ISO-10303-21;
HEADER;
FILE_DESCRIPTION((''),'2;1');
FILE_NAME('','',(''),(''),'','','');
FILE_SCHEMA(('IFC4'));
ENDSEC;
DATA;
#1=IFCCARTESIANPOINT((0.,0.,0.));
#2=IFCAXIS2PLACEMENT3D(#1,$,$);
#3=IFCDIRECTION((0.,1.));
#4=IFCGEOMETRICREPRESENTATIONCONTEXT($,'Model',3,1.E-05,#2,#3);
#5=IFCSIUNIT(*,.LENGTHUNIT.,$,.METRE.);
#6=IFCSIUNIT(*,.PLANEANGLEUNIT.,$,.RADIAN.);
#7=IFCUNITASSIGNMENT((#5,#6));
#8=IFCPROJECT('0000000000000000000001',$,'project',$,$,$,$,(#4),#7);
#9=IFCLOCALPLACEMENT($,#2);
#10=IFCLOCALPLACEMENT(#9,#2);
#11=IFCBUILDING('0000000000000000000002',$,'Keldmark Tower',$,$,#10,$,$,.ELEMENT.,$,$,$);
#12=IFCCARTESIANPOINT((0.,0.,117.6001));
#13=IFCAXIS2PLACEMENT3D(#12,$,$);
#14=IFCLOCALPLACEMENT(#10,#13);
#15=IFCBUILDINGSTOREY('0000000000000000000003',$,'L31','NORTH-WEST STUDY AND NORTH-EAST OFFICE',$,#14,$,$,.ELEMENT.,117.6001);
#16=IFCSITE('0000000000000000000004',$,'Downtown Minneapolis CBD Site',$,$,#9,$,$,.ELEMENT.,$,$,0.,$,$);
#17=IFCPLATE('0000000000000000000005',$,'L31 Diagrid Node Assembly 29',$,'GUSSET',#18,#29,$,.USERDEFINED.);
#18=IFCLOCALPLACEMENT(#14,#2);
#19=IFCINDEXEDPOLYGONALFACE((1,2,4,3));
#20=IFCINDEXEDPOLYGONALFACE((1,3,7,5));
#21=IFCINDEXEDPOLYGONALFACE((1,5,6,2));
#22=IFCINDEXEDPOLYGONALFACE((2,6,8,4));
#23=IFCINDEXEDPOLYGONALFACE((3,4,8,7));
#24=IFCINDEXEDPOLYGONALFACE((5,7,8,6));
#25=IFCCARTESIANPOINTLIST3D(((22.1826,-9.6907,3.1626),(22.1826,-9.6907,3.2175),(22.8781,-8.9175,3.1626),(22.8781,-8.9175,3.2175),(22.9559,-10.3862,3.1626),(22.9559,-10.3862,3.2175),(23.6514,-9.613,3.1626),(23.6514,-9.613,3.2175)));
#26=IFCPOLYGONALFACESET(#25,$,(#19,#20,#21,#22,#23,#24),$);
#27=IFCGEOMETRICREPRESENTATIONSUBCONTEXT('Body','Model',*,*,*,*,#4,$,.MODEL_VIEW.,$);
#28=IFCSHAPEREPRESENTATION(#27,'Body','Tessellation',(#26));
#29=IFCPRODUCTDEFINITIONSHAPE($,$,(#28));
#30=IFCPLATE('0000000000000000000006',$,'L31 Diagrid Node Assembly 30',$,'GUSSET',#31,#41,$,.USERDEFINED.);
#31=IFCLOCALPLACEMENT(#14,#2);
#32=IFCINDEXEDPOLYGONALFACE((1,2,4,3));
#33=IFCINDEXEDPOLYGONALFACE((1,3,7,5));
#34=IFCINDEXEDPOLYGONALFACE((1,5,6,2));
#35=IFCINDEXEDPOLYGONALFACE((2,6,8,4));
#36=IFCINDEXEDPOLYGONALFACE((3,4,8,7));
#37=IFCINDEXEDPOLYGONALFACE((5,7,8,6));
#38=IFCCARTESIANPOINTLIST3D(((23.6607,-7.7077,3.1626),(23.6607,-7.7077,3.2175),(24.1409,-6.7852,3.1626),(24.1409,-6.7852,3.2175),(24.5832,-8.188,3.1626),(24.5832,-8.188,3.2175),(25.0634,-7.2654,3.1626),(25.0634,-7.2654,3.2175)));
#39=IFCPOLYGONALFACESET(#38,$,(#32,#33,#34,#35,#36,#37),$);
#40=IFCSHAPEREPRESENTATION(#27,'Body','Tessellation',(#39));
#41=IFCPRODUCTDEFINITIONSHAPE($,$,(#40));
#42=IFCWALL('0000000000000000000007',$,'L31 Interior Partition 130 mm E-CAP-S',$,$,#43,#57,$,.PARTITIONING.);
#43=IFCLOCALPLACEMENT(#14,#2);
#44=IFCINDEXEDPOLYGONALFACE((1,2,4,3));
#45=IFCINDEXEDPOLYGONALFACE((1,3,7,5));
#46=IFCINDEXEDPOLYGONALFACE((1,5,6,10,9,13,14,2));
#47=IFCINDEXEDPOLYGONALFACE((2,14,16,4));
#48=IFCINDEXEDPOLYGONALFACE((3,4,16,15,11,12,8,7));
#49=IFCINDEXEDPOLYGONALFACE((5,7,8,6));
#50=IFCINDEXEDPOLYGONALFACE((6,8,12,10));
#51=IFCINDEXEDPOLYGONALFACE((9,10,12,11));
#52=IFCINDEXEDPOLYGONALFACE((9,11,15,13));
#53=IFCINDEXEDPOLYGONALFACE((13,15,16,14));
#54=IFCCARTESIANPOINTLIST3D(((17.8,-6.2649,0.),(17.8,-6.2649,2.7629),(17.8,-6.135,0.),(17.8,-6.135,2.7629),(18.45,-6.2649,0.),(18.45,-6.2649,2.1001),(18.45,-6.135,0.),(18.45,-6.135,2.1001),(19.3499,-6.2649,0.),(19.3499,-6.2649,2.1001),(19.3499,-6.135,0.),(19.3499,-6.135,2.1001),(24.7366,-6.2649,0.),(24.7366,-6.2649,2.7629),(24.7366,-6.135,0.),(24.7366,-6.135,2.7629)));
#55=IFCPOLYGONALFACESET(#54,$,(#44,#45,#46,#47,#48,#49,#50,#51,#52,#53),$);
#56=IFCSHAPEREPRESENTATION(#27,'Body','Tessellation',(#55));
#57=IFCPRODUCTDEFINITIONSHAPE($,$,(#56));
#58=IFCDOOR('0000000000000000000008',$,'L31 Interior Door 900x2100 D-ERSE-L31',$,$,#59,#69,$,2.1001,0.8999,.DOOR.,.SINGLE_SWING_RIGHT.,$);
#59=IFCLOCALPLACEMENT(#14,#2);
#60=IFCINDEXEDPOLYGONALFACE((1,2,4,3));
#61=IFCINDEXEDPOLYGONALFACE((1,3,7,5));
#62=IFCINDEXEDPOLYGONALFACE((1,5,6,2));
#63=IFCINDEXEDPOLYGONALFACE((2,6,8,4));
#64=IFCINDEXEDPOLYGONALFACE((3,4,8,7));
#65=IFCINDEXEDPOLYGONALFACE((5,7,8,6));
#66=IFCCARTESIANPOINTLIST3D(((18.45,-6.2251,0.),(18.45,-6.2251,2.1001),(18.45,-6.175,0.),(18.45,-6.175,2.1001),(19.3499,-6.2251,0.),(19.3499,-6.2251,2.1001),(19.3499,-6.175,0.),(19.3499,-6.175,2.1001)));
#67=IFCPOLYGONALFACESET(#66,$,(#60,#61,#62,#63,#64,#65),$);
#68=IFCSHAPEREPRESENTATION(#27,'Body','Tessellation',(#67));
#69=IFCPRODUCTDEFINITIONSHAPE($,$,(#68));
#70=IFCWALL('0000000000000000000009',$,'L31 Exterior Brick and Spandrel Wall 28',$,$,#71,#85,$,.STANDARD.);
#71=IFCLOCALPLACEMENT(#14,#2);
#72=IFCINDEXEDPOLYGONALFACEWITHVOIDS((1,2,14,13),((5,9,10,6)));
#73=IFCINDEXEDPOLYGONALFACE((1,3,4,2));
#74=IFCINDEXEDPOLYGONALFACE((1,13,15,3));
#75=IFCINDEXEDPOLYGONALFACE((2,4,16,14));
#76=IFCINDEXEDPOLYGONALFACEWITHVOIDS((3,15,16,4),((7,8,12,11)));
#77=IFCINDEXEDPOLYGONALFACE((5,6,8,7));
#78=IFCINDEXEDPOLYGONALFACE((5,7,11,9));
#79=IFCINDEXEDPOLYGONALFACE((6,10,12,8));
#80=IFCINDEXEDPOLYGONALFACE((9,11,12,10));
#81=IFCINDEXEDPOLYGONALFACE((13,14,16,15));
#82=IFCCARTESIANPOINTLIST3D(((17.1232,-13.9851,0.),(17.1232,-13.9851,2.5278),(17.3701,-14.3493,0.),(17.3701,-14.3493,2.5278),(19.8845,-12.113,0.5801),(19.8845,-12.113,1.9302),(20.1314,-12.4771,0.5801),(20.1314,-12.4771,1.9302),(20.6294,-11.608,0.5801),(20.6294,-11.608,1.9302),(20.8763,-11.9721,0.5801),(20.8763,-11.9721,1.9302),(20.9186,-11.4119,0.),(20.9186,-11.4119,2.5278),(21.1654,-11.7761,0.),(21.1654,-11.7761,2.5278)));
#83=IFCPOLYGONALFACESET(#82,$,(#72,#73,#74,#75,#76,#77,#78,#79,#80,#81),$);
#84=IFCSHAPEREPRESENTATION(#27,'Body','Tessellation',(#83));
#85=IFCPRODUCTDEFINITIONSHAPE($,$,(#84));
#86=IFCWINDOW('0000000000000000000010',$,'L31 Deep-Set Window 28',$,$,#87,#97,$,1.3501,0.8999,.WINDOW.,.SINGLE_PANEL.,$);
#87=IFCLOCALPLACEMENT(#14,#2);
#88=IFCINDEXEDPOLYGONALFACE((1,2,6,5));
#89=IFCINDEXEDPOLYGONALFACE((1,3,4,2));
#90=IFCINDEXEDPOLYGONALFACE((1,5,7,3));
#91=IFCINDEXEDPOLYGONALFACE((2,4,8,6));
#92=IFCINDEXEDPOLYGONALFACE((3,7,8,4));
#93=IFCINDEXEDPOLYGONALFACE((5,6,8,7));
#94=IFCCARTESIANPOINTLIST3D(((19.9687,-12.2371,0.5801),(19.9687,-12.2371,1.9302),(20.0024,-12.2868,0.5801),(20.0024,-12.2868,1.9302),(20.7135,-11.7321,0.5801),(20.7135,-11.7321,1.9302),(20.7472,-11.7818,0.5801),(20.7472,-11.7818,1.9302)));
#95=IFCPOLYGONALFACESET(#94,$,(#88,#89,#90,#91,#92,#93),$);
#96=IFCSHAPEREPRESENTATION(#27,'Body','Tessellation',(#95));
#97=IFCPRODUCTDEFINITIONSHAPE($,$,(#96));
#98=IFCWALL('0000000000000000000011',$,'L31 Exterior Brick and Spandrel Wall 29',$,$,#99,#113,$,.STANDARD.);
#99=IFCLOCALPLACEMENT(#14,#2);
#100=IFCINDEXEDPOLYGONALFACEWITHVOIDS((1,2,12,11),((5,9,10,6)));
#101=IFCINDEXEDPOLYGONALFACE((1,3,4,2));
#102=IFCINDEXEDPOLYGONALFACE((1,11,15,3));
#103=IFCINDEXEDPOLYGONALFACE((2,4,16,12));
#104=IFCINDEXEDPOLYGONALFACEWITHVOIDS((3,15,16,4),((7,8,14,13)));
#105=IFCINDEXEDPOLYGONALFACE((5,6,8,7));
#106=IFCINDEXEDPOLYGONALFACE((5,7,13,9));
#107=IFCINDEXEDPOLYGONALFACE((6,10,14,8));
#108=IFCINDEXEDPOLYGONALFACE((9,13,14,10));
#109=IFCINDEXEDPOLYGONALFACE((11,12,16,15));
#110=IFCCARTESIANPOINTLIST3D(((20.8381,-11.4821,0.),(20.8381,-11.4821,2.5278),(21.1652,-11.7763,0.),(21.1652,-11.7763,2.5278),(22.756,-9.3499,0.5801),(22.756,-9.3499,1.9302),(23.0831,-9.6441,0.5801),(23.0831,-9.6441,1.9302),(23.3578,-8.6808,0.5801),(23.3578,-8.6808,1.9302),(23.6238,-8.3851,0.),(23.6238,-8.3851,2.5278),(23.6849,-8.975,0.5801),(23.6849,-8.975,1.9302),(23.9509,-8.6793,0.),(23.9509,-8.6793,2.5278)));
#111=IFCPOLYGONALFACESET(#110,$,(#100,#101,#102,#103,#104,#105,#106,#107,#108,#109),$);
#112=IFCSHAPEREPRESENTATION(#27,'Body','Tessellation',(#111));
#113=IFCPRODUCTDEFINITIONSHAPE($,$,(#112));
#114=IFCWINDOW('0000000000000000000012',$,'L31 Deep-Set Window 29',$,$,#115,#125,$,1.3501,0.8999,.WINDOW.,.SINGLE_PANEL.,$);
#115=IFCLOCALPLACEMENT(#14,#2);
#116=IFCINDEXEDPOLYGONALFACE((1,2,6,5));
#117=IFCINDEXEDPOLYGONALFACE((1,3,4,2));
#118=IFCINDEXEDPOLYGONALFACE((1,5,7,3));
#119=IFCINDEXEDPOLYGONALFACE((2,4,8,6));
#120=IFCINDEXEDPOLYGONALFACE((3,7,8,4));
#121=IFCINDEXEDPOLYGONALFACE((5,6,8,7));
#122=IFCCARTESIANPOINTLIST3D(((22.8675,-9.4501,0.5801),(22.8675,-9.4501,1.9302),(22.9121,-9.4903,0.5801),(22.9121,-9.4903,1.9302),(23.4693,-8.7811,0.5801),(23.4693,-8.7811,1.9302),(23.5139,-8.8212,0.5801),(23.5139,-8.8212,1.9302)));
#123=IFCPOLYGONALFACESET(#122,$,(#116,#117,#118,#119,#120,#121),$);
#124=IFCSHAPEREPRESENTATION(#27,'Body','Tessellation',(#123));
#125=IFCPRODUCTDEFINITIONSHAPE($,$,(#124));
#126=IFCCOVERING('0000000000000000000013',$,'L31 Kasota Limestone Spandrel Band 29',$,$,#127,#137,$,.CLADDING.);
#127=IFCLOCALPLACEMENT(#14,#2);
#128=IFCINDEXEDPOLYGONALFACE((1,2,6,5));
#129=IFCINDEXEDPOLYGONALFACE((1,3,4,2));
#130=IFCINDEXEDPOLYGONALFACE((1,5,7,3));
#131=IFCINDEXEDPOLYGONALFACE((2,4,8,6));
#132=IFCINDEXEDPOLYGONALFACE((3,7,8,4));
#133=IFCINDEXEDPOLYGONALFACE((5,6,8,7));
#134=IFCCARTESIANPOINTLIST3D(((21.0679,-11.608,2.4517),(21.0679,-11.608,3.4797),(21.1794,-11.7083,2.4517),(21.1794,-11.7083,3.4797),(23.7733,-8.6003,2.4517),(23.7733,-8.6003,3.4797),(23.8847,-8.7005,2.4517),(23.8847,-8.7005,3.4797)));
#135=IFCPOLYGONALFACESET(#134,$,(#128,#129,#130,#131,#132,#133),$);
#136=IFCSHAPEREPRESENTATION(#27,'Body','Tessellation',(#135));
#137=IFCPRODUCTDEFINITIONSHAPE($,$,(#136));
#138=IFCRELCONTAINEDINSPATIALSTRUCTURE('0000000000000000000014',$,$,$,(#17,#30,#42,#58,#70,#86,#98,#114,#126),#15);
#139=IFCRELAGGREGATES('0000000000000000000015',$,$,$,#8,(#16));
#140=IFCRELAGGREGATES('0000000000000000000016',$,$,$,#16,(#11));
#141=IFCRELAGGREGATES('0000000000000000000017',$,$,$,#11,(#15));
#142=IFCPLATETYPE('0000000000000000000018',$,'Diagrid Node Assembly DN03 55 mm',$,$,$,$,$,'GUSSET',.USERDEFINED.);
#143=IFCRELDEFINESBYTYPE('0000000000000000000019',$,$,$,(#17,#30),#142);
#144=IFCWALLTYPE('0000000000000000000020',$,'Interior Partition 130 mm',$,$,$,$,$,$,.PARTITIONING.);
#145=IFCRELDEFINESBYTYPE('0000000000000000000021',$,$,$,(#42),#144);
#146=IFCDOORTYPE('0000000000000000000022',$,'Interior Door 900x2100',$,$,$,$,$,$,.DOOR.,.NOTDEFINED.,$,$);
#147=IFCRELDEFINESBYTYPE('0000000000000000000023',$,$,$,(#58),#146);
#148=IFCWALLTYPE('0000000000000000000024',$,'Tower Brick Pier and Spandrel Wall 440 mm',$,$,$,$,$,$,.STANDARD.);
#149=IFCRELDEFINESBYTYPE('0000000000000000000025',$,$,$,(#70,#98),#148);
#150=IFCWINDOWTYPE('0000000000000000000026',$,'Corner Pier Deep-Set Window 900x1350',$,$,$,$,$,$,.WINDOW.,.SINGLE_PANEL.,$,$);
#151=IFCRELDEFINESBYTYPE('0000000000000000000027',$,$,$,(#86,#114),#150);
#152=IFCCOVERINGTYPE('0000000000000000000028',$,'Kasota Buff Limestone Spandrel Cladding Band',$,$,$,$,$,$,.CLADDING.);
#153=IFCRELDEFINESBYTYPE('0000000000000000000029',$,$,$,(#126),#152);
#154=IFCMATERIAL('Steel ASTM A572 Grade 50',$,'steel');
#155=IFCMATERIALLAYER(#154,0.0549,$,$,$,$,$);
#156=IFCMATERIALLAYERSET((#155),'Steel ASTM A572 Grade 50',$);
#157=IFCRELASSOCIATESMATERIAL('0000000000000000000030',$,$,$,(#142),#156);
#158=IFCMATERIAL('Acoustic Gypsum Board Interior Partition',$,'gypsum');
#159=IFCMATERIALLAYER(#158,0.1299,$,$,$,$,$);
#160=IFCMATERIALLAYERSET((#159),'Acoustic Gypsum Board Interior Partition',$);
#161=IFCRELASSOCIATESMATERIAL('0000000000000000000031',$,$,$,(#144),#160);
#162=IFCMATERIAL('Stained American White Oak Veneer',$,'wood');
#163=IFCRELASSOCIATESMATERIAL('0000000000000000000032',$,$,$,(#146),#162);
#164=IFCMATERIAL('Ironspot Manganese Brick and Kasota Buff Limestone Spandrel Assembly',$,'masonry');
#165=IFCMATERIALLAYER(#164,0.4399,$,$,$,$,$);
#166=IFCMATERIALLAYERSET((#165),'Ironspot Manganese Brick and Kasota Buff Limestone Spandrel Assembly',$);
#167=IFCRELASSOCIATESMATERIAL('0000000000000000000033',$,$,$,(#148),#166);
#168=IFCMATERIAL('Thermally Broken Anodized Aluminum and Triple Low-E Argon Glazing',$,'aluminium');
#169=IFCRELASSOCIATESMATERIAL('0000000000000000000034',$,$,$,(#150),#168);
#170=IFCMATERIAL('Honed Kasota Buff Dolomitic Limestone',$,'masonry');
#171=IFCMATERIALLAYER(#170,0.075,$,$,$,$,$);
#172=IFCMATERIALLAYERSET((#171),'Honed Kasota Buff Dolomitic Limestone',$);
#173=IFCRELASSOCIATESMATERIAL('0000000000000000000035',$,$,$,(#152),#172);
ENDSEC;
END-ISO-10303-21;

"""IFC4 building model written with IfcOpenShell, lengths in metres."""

from ifc_helpers import new_model, si_unit, direction, frame, frame_2d, origin, origin_2d, place, context, subcontext, project, spatial, rectangle, extrude, material, layer, layer_set, type_object, element, fill, save


model = new_model("IFC4")

# Units and contexts
model_context = context("Model", 3, precision=1e-05, world=origin(), true_north=direction((0.0, 1.0)))
body_context = subcontext(model_context, "Body", "Model", "MODEL_VIEW")
ifc_project = project(units=[si_unit("LENGTHUNIT", "METRE"), si_unit("PLANEANGLEUNIT", "RADIAN")], contexts=[model_context])

# Site, building, storey
site_placement = place(None, origin())
site = spatial("IfcSite", under=ifc_project, at=site_placement, Name="Downtown Minneapolis CBD Site", CompositionType="ELEMENT", RefElevation=0.0)
building_placement = place(site_placement, origin())
building = spatial("IfcBuilding", under=site, at=building_placement, Name="Keldmark Tower", CompositionType="ELEMENT")
storey_placement = place(building_placement, frame((0.0, 0.0, 117.6001)))
storey = spatial("IfcBuildingStorey", under=building, at=storey_placement, Name="L31", Description="NORTH-WEST STUDY AND NORTH-EAST OFFICE", CompositionType="ELEMENT", Elevation=117.6001)

# Plates
ifc_material_1 = material(Name="Steel ASTM A572 Grade 50", Category="steel")
ifc_layer_1 = layer(ifc_material_1, 0.0549)
ifc_layer_set_1 = layer_set([ifc_layer_1], Name="Steel ASTM A572 Grade 50")
plate_type = type_object("IfcPlateType", Name="Diagrid Node Assembly DN03 55 mm", ElementType="GUSSET", PredefinedType="USERDEFINED", material=ifc_layer_set_1)
for number, where, z_axis, x_axis, name in (
    (1, (22.917, -9.6519, 3.1626), (0.0, 0.0, 1.0), (0.668741, 0.743495, 0.0), "L31 Diagrid Node Assembly 29"),
    (2, (24.3621, -7.4866, 3.1626), (0.0, 0.0, 1.0), (0.461749, 0.887011, 0.0), "L31 Diagrid Node Assembly 30"),
):
    element("IfcPlate", number, at=place(storey_placement, frame(where, z_axis=z_axis, x_axis=x_axis)), inside=storey, type_object=plate_type, Name=name, ObjectType="GUSSET", PredefinedType="USERDEFINED", context=body_context, shape_type="SweptSolid", body=[
        extrude(rectangle(XDim=1.04, YDim=1.04, at=origin_2d()), origin(), (0.0, 0.0, 1.0), 0.0549),
    ])

# Wall, opening, door
ifc_material_2 = material(Name="Acoustic Gypsum Board Interior Partition", Category="gypsum")
ifc_layer_2 = layer(ifc_material_2, 0.1299)
ifc_layer_set_2 = layer_set([ifc_layer_2], Name="Acoustic Gypsum Board Interior Partition")
wall_type_1 = type_object("IfcWallType", Name="Interior Partition 130 mm", PredefinedType="PARTITIONING", material=ifc_layer_set_2)
wall_1_placement = place(storey_placement, frame((17.8, -6.2, 0.0), z_axis=(0.0, 0.0, 1.0), x_axis=(1.0, 0.0, 0.0)))
wall_1 = element("IfcWall", 3, at=wall_1_placement, inside=storey, type_object=wall_type_1, Name="L31 Interior Partition 130 mm E-CAP-S", PredefinedType="PARTITIONING", context=body_context, shape_type="SweptSolid", body=[
    extrude(rectangle(XDim=6.9365, YDim=0.1299, at=frame_2d((3.4683, 0.0))), origin(), (0.0, 0.0, 1.0), 2.7629),
])
opening_1_placement = place(wall_1_placement, frame((0.6499, 0.0, 0.0)))
opening_1 = element("IfcOpeningElement", 4, at=opening_1_placement, cuts=wall_1, PredefinedType="OPENING", context=body_context, shape_type="SweptSolid", body=[
    extrude(rectangle(XDim=0.8999, YDim=2.1001, at=frame_2d((0.45, 1.05))), frame((0.0, 0.075, 0.0), z_axis=(0.0, -1.0, 0.0), x_axis=(1.0, 0.0, 0.0)), (0.0, 0.0, 1.0), 0.1499),
])
ifc_material_3 = material(Name="Stained American White Oak Veneer", Category="wood")
door_type = type_object("IfcDoorType", Name="Interior Door 900x2100", OperationType="NOTDEFINED", PredefinedType="DOOR", material=ifc_material_3)
door_placement = place(opening_1_placement, origin())
door = element("IfcDoor", 5, at=door_placement, inside=storey, type_object=door_type, Name="L31 Interior Door 900x2100 D-ERSE-L31", OperationType="SINGLE_SWING_RIGHT", OverallHeight=2.1001, OverallWidth=0.8999, PredefinedType="DOOR", context=body_context, shape_type="SweptSolid", body=[
    extrude(rectangle(XDim=0.8999, YDim=2.1001, at=frame_2d((0.45, 1.05))), frame((0.0, 0.0249, 0.0), z_axis=(0.0, -1.0, 0.0), x_axis=(1.0, 0.0, 0.0)), (0.0, 0.0, 1.0), 0.05),
])
fill(opening_1, door)

# Walls, openings, windows
ifc_material_4 = material(Name="Ironspot Manganese Brick and Kasota Buff Limestone Spandrel Assembly", Category="masonry")
ifc_layer_3 = layer(ifc_material_4, 0.4399)
ifc_layer_set_3 = layer_set([ifc_layer_3], Name="Ironspot Manganese Brick and Kasota Buff Limestone Spandrel Assembly")
wall_type_2 = type_object("IfcWallType", Name="Tower Brick Pier and Spandrel Wall 440 mm", PredefinedType="STANDARD", material=ifc_layer_set_3)
wall_2_placement = place(storey_placement, frame((21.042, -11.594, 0.0), z_axis=(0.0, 0.0, 1.0), x_axis=(-0.8277, -0.561171, 0.0)))
wall_2 = element("IfcWall", 6, at=wall_2_placement, inside=storey, type_object=wall_type_2, Name="L31 Exterior Brick and Spandrel Wall 28", PredefinedType="STANDARD", context=body_context, shape_type="SweptSolid", body=[
    extrude(rectangle(XDim=4.5854, YDim=0.4399, at=frame_2d((2.2927, 0.0))), origin(), (0.0, 0.0, 1.0), 2.5278),
])
opening_2_placement = place(wall_2_placement, frame((0.3494, 0.0, 0.5801)))
opening_2 = element("IfcOpeningElement", 7, at=opening_2_placement, cuts=wall_2, PredefinedType="OPENING", context=body_context, shape_type="SweptSolid", body=[
    extrude(rectangle(XDim=0.8999, YDim=1.3501, at=frame_2d((0.45, 0.675))), frame((0.0, 0.23, 0.0), z_axis=(0.0, -1.0, 0.0), x_axis=(1.0, 0.0, 0.0)), (0.0, 0.0, 1.0), 0.46),
])
ifc_material_5 = material(Name="Thermally Broken Anodized Aluminum and Triple Low-E Argon Glazing", Category="aluminium")
window_type = type_object("IfcWindowType", Name="Corner Pier Deep-Set Window 900x1350", PartitioningType="SINGLE_PANEL", PredefinedType="WINDOW", material=ifc_material_5)
window_1_placement = place(opening_2_placement, origin())
window_1 = element("IfcWindow", 8, at=window_1_placement, inside=storey, type_object=window_type, Name="L31 Deep-Set Window 28", OverallHeight=1.3501, OverallWidth=0.8999, PartitioningType="SINGLE_PANEL", PredefinedType="WINDOW", context=body_context, shape_type="SweptSolid", body=[
    extrude(rectangle(XDim=0.8999, YDim=1.3501, at=frame_2d((0.45, 0.675))), frame((0.0, -0.01, 0.0), z_axis=(0.0, -1.0, 0.0), x_axis=(1.0, 0.0, 0.0)), (0.0, 0.0, 1.0), 0.0601),
])
fill(opening_2, window_1)
wall_3_placement = place(storey_placement, frame((23.7874, -8.5322, 0.0), z_axis=(0.0, 0.0, 1.0), x_axis=(-0.668754, -0.743484, 0.0)))
wall_3 = element("IfcWall", 9, at=wall_3_placement, inside=storey, type_object=wall_type_2, Name="L31 Exterior Brick and Spandrel Wall 29", PredefinedType="STANDARD", context=body_context, shape_type="SweptSolid", body=[
    extrude(rectangle(XDim=4.1655, YDim=0.4399, at=frame_2d((2.0828, 0.0))), origin(), (0.0, 0.0, 1.0), 2.5278),
])
opening_3_placement = place(wall_3_placement, frame((0.3977, 0.0, 0.5801)))
opening_3 = element("IfcOpeningElement", 10, at=opening_3_placement, cuts=wall_3, PredefinedType="OPENING", context=body_context, shape_type="SweptSolid", body=[
    extrude(rectangle(XDim=0.8999, YDim=1.3501, at=frame_2d((0.45, 0.675))), frame((0.0, 0.23, 0.0), z_axis=(0.0, -1.0, 0.0), x_axis=(1.0, 0.0, 0.0)), (0.0, 0.0, 1.0), 0.46),
])
window_2_placement = place(opening_3_placement, origin())
window_2 = element("IfcWindow", 11, at=window_2_placement, inside=storey, type_object=window_type, Name="L31 Deep-Set Window 29", OverallHeight=1.3501, OverallWidth=0.8999, PartitioningType="SINGLE_PANEL", PredefinedType="WINDOW", context=body_context, shape_type="SweptSolid", body=[
    extrude(rectangle(XDim=0.8999, YDim=1.3501, at=frame_2d((0.45, 0.675))), frame((0.0, -0.01, 0.0), z_axis=(0.0, -1.0, 0.0), x_axis=(1.0, 0.0, 0.0)), (0.0, 0.0, 1.0), 0.0601),
])
fill(opening_3, window_2)

# Covering
ifc_material_6 = material(Name="Honed Kasota Buff Dolomitic Limestone", Category="masonry")
ifc_layer_4 = layer(ifc_material_6, 0.075)
ifc_layer_set_4 = layer_set([ifc_layer_4], Name="Honed Kasota Buff Dolomitic Limestone")
covering_type = type_object("IfcCoveringType", Name="Kasota Buff Limestone Spandrel Cladding Band", PredefinedType="CLADDING", material=ifc_layer_set_4)
covering_placement = place(storey_placement, frame((22.4763, -10.1543, 2.4517), z_axis=(0.0, 0.0, 1.0), x_axis=(0.668741, 0.743495, 0.0)))
element("IfcCovering", 12, at=covering_placement, inside=storey, type_object=covering_type, Name="L31 Kasota Limestone Spandrel Band 29", PredefinedType="CLADDING", context=body_context, shape_type="SweptSolid", body=[
    extrude(rectangle(XDim=4.0454, YDim=0.1499, at=origin_2d()), origin(), (0.0, 0.0, 1.0), 1.0281),
])

save(model, "model.ifc")
